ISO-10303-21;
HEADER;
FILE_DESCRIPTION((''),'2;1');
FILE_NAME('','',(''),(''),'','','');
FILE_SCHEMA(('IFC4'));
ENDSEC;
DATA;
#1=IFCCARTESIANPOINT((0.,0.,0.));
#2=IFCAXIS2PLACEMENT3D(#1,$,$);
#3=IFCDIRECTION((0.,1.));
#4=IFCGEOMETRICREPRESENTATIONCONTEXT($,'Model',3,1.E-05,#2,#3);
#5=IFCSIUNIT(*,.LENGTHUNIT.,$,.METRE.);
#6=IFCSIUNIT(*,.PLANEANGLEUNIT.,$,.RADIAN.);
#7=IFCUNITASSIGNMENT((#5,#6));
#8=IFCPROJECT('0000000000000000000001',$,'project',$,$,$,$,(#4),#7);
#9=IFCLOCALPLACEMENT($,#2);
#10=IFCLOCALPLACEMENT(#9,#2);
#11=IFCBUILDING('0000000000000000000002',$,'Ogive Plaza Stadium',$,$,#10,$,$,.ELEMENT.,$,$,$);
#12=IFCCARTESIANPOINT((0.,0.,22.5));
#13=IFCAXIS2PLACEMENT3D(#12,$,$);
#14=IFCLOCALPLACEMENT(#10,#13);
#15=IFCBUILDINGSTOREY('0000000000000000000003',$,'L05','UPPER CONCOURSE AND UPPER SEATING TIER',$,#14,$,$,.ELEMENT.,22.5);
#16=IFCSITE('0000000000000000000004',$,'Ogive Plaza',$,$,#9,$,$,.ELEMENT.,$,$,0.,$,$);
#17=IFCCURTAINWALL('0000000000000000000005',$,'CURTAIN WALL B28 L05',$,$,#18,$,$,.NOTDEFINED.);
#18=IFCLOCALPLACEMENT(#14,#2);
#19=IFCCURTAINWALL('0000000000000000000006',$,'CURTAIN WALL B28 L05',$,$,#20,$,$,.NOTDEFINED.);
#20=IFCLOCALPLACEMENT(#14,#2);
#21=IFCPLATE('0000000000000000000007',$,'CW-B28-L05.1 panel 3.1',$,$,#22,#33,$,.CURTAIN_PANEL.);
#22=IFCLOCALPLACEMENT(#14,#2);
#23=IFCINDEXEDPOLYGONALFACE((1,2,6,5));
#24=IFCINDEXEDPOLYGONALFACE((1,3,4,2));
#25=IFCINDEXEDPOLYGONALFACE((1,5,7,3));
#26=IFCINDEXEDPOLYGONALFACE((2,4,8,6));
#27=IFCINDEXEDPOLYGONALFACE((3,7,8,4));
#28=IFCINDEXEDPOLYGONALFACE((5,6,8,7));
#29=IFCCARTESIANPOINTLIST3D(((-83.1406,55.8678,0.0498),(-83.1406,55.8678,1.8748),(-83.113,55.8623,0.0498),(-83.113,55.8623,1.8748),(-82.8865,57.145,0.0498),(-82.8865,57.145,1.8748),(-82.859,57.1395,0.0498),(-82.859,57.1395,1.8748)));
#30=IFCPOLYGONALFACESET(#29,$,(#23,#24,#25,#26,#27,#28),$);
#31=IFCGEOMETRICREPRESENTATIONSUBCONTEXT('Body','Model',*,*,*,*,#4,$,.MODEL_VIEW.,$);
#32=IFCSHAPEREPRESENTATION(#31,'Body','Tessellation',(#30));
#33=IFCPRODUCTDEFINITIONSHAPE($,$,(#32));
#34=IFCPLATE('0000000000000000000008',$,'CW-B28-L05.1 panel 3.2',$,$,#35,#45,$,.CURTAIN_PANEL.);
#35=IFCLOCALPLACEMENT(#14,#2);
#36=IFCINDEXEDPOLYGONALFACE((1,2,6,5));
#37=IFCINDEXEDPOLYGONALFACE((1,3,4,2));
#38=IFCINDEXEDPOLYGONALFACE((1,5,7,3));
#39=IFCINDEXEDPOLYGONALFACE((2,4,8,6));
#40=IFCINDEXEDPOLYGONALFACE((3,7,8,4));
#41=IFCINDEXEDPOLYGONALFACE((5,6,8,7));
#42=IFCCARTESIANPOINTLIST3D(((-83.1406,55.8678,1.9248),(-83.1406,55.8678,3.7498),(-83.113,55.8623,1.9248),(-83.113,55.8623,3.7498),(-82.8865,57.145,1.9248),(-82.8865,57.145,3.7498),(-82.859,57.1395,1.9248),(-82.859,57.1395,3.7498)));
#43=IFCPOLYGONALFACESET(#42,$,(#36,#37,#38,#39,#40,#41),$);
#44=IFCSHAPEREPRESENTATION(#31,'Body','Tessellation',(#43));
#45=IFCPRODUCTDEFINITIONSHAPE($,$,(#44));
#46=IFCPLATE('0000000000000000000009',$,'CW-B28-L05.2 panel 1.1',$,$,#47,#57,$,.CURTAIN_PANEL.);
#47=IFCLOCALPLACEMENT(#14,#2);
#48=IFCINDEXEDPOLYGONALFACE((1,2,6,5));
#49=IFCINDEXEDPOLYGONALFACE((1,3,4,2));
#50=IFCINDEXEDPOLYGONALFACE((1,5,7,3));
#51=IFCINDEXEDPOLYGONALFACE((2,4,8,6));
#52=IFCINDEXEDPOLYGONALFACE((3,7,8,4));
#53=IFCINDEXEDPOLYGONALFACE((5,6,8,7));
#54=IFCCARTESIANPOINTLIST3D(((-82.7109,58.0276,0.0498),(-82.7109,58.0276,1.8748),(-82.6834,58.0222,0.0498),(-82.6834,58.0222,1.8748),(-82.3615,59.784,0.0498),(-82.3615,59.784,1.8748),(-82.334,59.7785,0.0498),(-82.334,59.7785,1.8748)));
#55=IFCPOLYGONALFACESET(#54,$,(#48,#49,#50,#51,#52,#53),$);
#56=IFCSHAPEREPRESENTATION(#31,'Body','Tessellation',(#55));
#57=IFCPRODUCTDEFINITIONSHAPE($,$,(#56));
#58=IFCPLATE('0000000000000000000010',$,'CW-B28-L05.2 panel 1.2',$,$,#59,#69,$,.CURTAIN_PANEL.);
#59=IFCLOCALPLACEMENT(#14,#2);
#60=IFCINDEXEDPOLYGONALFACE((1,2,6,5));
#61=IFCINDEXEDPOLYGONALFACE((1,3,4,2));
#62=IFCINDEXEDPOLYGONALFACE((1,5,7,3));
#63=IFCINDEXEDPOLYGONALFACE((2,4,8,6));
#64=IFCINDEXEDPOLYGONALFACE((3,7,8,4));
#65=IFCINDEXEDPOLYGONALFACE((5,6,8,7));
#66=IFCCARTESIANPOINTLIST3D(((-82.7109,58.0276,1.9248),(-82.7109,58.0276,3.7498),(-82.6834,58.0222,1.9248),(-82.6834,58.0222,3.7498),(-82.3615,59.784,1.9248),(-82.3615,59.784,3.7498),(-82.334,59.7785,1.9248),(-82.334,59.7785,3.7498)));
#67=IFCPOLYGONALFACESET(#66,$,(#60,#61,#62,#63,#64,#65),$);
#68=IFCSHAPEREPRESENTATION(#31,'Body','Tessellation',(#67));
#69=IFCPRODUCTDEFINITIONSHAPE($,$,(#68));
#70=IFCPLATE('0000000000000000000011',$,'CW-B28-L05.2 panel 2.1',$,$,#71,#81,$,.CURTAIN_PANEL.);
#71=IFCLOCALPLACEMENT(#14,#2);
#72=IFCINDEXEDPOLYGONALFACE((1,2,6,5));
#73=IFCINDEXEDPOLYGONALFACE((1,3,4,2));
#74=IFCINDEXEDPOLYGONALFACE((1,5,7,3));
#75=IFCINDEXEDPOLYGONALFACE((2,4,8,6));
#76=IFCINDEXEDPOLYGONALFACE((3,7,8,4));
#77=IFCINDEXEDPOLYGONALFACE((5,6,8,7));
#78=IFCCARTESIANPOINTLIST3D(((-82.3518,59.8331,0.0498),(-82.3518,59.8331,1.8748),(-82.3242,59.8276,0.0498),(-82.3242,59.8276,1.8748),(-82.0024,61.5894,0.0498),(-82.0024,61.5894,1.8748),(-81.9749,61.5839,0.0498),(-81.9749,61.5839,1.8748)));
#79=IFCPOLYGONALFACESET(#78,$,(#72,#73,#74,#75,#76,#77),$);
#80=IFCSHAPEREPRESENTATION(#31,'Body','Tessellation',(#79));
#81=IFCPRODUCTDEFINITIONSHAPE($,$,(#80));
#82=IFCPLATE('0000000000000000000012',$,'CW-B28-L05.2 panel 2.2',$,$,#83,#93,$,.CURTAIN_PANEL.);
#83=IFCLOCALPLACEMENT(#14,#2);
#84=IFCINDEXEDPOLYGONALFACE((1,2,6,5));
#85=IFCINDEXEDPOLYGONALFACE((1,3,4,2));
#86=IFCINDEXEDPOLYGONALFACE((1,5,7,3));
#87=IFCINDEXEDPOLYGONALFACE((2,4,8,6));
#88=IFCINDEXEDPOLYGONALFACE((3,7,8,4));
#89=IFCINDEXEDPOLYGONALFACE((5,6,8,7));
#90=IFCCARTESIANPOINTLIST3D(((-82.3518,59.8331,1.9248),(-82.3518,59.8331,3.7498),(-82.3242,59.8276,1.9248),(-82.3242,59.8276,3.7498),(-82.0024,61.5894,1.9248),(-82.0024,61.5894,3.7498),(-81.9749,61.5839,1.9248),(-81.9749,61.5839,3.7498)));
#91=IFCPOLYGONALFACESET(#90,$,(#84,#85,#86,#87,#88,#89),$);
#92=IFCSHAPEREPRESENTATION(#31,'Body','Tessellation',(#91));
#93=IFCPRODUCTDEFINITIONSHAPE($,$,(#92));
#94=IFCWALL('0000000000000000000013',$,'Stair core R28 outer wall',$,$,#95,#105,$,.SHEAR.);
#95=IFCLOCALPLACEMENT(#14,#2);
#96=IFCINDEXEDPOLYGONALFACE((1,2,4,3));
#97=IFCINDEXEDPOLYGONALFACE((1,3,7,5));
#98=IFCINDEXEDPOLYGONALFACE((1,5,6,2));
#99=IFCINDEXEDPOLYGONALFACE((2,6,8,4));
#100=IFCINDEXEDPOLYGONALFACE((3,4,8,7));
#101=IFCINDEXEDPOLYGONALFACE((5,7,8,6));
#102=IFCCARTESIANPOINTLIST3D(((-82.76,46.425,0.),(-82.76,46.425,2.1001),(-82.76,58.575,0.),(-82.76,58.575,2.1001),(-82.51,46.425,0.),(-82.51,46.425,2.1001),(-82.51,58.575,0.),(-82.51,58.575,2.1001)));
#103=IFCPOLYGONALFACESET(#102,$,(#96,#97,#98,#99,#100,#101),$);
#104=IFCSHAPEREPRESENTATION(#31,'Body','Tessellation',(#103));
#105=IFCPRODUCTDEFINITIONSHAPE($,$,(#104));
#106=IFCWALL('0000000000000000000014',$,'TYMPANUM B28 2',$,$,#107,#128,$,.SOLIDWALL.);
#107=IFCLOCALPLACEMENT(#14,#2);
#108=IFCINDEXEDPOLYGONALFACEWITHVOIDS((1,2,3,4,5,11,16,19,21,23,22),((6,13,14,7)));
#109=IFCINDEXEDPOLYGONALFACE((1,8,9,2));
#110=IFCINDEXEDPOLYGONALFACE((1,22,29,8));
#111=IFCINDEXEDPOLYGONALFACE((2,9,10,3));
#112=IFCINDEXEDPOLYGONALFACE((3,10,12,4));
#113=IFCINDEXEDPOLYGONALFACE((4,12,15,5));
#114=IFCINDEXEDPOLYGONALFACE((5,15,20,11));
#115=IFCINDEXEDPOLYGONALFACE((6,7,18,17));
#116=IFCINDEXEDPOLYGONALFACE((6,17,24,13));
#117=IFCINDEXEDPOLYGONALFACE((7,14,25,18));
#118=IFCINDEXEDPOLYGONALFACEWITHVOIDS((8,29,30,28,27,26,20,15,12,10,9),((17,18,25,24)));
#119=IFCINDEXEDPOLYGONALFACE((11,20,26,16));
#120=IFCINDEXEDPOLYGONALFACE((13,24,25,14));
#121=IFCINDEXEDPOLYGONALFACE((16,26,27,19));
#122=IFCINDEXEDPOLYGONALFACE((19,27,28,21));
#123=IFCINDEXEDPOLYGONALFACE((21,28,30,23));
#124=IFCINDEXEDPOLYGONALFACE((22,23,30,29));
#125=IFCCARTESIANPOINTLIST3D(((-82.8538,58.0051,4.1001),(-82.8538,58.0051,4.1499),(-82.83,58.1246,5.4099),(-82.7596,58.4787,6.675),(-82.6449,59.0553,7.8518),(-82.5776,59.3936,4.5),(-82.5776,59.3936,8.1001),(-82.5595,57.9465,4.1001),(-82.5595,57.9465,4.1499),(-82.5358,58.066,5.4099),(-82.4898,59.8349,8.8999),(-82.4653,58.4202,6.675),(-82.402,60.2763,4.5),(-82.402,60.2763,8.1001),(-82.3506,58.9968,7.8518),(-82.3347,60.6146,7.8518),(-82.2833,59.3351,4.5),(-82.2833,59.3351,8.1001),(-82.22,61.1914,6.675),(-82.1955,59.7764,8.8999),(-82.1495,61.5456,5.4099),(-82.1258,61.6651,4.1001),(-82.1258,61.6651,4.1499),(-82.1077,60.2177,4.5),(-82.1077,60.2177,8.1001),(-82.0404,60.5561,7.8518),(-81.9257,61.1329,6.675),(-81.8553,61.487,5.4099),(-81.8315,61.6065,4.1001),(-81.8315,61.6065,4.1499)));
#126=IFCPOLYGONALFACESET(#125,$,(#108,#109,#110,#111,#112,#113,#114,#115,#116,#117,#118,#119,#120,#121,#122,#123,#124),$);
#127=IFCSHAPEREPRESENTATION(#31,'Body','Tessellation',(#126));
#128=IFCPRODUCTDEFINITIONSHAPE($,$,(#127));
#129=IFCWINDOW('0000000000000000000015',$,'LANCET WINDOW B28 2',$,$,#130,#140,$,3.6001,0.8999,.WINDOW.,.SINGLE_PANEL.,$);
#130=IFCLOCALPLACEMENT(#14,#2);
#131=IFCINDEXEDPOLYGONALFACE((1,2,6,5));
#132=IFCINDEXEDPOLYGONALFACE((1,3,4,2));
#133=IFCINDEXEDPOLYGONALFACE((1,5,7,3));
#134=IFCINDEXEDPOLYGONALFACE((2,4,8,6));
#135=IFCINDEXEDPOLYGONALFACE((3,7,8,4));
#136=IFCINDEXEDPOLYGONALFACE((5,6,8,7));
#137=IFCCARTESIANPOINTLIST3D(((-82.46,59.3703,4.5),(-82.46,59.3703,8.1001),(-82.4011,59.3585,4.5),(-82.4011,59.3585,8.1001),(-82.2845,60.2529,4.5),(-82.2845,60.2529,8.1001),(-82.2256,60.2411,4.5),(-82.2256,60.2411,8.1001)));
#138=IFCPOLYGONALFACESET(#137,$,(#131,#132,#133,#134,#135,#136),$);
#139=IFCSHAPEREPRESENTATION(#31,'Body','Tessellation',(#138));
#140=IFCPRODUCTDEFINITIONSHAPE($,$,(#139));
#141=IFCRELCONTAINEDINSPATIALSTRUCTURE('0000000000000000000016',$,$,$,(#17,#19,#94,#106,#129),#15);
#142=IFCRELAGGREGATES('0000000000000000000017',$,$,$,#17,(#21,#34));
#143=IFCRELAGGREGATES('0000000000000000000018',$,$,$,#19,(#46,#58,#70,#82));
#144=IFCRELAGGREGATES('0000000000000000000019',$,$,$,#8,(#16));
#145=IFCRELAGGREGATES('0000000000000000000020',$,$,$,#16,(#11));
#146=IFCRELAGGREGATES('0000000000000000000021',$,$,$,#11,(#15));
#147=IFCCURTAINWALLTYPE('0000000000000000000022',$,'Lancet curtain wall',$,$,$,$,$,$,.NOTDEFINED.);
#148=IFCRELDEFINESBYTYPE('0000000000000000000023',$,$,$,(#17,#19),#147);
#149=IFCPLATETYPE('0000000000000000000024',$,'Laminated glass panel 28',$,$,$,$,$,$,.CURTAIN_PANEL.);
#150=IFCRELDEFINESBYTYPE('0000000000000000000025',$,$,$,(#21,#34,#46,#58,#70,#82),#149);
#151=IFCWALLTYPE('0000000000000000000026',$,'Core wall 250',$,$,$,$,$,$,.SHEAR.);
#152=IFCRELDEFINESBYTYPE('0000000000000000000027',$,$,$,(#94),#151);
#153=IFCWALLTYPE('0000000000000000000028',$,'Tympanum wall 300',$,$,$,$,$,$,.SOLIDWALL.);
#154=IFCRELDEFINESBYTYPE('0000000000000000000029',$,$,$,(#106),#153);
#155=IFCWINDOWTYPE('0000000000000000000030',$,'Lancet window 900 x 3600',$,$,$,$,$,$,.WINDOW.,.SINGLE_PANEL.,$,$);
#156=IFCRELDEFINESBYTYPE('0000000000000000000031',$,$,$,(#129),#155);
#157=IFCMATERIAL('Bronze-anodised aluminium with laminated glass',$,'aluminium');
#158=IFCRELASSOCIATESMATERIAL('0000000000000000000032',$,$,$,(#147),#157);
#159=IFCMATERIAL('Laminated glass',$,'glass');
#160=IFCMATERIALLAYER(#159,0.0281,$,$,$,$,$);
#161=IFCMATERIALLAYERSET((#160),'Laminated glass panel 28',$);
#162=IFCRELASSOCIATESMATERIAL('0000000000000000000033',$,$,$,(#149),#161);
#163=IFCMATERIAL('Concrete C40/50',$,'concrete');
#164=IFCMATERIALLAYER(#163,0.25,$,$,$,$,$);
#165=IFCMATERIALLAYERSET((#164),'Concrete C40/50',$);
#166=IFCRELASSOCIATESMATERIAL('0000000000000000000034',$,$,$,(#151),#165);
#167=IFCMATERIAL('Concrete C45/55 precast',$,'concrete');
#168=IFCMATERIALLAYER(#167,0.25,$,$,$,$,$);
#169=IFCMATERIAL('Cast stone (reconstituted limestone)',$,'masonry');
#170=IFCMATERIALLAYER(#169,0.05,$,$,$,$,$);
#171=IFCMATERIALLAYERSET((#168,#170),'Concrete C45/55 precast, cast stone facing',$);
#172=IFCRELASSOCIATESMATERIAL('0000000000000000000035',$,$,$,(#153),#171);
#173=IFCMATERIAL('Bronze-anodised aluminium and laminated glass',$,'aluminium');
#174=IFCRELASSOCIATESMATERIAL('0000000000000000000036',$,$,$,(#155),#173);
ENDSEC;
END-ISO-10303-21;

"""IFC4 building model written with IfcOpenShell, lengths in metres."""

from ifc_helpers import new_model, si_unit, direction, frame, frame_2d, origin, origin_2d, place, context, subcontext, project, spatial, polyline, rectangle, outline, extrude, material, layer, layer_set, type_object, element, fill, aggregate, save


model = new_model("IFC4")

# Units and contexts
model_context = context("Model", 3, precision=1e-05, world=origin(), true_north=direction((0.0, 1.0)))
body_context = subcontext(model_context, "Body", "Model", "MODEL_VIEW")
ifc_project = project(units=[si_unit("LENGTHUNIT", "METRE"), si_unit("PLANEANGLEUNIT", "RADIAN")], contexts=[model_context])

# Site, building, storey
site_placement = place(None, origin())
site = spatial("IfcSite", under=ifc_project, at=site_placement, Name="Ogive Plaza", CompositionType="ELEMENT", RefElevation=0.0)
building_placement = place(site_placement, origin())
building = spatial("IfcBuilding", under=site, at=building_placement, Name="Ogive Plaza Stadium", CompositionType="ELEMENT")
storey_placement = place(building_placement, frame((0.0, 0.0, 22.5)))
storey = spatial("IfcBuildingStorey", under=building, at=storey_placement, Name="L05", Description="UPPER CONCOURSE AND UPPER SEATING TIER", CompositionType="ELEMENT", Elevation=22.5)

# Curtain wall
ifc_material_1 = material(Name="Bronze-anodised aluminium with laminated glass", Category="aluminium")
curtain_wall_type = type_object("IfcCurtainWallType", Name="Lancet curtain wall", PredefinedType="NOTDEFINED", material=ifc_material_1)
curtain_wall_1_placement = place(storey_placement, origin())
curtain_wall_1 = element("IfcCurtainWall", 1, at=curtain_wall_1_placement, inside=storey, type_object=curtain_wall_type, Name="CURTAIN WALL B28 L05", PredefinedType="NOTDEFINED")

# Curtain wall
curtain_wall_2_placement = place(storey_placement, origin())
curtain_wall_2 = element("IfcCurtainWall", 2, at=curtain_wall_2_placement, inside=storey, type_object=curtain_wall_type, Name="CURTAIN WALL B28 L05", PredefinedType="NOTDEFINED")

# Plates
ifc_material_2 = material(Name="Laminated glass", Category="glass")
ifc_layer_1 = layer(ifc_material_2, 0.0281)
ifc_layer_set_1 = layer_set([ifc_layer_1], Name="Laminated glass panel 28")
plate_type = type_object("IfcPlateType", Name="Laminated glass panel 28", PredefinedType="CURTAIN_PANEL", material=ifc_layer_set_1)
plate_1_placement = place(storey_placement, frame((-82.9998, 56.5037, 0.0498), z_axis=(0.0, 0.0, 1.0), x_axis=(0.19509, 0.980785, 0.0)))
plate_1 = element("IfcPlate", 3, at=plate_1_placement, type_object=plate_type, Name="CW-B28-L05.1 panel 3.1", PredefinedType="CURTAIN_PANEL", context=body_context, shape_type="SweptSolid", body=[
    extrude(rectangle(XDim=1.3022, YDim=0.0281, at=origin_2d()), origin(), (0.0, 0.0, 1.0), 1.825),
])
plate_2_placement = place(storey_placement, frame((-82.9998, 56.5037, 1.9248), z_axis=(0.0, 0.0, 1.0), x_axis=(0.19509, 0.980785, 0.0)))
plate_2 = element("IfcPlate", 4, at=plate_2_placement, type_object=plate_type, Name="CW-B28-L05.1 panel 3.2", PredefinedType="CURTAIN_PANEL", context=body_context, shape_type="SweptSolid", body=[
    extrude(rectangle(XDim=1.3022, YDim=0.0281, at=origin_2d()), origin(), (0.0, 0.0, 1.0), 1.825),
])
aggregate(curtain_wall_1, [plate_1, plate_2])
plate_3_placement = place(storey_placement, frame((-82.5225, 58.9031, 0.0498), z_axis=(0.0, 0.0, 1.0), x_axis=(0.19509, 0.980785, 0.0)))
plate_3 = element("IfcPlate", 5, at=plate_3_placement, type_object=plate_type, Name="CW-B28-L05.2 panel 1.1", PredefinedType="CURTAIN_PANEL", context=body_context, shape_type="SweptSolid", body=[
    extrude(rectangle(XDim=1.7908, YDim=0.0281, at=origin_2d()), origin(), (0.0, 0.0, 1.0), 1.825),
])
plate_4_placement = place(storey_placement, frame((-82.5225, 58.9031, 1.9248), z_axis=(0.0, 0.0, 1.0), x_axis=(0.19509, 0.980785, 0.0)))
plate_4 = element("IfcPlate", 6, at=plate_4_placement, type_object=plate_type, Name="CW-B28-L05.2 panel 1.2", PredefinedType="CURTAIN_PANEL", context=body_context, shape_type="SweptSolid", body=[
    extrude(rectangle(XDim=1.7908, YDim=0.0281, at=origin_2d()), origin(), (0.0, 0.0, 1.0), 1.825),
])
plate_5_placement = place(storey_placement, frame((-82.1633, 60.7085, 0.0498), z_axis=(0.0, 0.0, 1.0), x_axis=(0.19509, 0.980785, 0.0)))
plate_5 = element("IfcPlate", 7, at=plate_5_placement, type_object=plate_type, Name="CW-B28-L05.2 panel 2.1", PredefinedType="CURTAIN_PANEL", context=body_context, shape_type="SweptSolid", body=[
    extrude(rectangle(XDim=1.7908, YDim=0.0281, at=origin_2d()), origin(), (0.0, 0.0, 1.0), 1.825),
])
plate_6_placement = place(storey_placement, frame((-82.1633, 60.7085, 1.9248), z_axis=(0.0, 0.0, 1.0), x_axis=(0.19509, 0.980785, 0.0)))
plate_6 = element("IfcPlate", 8, at=plate_6_placement, type_object=plate_type, Name="CW-B28-L05.2 panel 2.2", PredefinedType="CURTAIN_PANEL", context=body_context, shape_type="SweptSolid", body=[
    extrude(rectangle(XDim=1.7908, YDim=0.0281, at=origin_2d()), origin(), (0.0, 0.0, 1.0), 1.825),
])
aggregate(curtain_wall_2, [plate_3, plate_4, plate_5, plate_6])

# Wall
ifc_material_3 = material(Name="Concrete C40/50", Category="concrete")
ifc_layer_2 = layer(ifc_material_3, 0.25)
ifc_layer_set_2 = layer_set([ifc_layer_2], Name="Concrete C40/50")
wall_type_1 = type_object("IfcWallType", Name="Core wall 250", PredefinedType="SHEAR", material=ifc_layer_set_2)
wall_1_placement = place(storey_placement, frame((-82.635, 58.575, 0.0), z_axis=(0.0, 0.0, 1.0), x_axis=(0.0, -1.0, 0.0)))
element("IfcWall", 9, at=wall_1_placement, inside=storey, type_object=wall_type_1, Name="Stair core R28 outer wall", PredefinedType="SHEAR", context=body_context, shape_type="SweptSolid", body=[
    extrude(rectangle(XDim=12.1499, YDim=0.25, at=frame_2d((6.075, 0.0))), origin(), (0.0, 0.0, 1.0), 2.1001),
])

# Wall, opening, window
ifc_material_4 = material(Name="Concrete C45/55 precast", Category="concrete")
ifc_layer_3 = layer(ifc_material_4, 0.25)
ifc_material_5 = material(Name="Cast stone (reconstituted limestone)", Category="masonry")
ifc_layer_4 = layer(ifc_material_5, 0.05)
ifc_layer_set_3 = layer_set([ifc_layer_3, ifc_layer_4], Name="Concrete C45/55 precast, cast stone facing")
wall_type_2 = type_object("IfcWallType", Name="Tympanum wall 300", PredefinedType="SOLIDWALL", material=ifc_layer_set_3)
wall_2_placement = place(storey_placement, frame((-82.7068, 57.9758, 4.1001), z_axis=(0.0, 0.0, 1.0), x_axis=(0.195097, 0.980784, 0.0)))
wall_2 = element("IfcWall", 10, at=wall_2_placement, inside=storey, type_object=wall_type_2, Name="TYMPANUM B28 2", PredefinedType="SOLIDWALL", context=body_context, shape_type="SweptSolid", body=[
    extrude(outline(polyline([(0.0, 0.0), (3.7317, 0.0), (3.7317, 0.0498), (3.6099, 1.3098), (3.2488, 2.575), (2.6606, 3.7517), (1.8657, 4.7998), (1.0708, 3.7517), (0.4829, 2.575), (0.1218, 1.3098), (0.0, 0.0498), (0.0, 0.0)])), frame((0.0, 0.1499, 0.0), z_axis=(0.0, -1.0, 0.0), x_axis=(1.0, 0.0, 0.0)), (0.0, 0.0, 1.0), 0.3),
])
opening_placement = place(wall_2_placement, frame((1.4158, 0.0, 0.3999)))
opening = element("IfcOpeningElement", 11, at=opening_placement, cuts=wall_2, PredefinedType="OPENING", context=body_context, shape_type="SweptSolid", body=[
    extrude(rectangle(XDim=0.8999, YDim=3.6001, at=frame_2d((0.45, 1.8))), frame((0.0, 0.1602, 0.0), z_axis=(0.0, -1.0, 0.0), x_axis=(1.0, 0.0, 0.0)), (0.0, 0.0, 1.0), 0.3201),
])
ifc_material_6 = material(Name="Bronze-anodised aluminium and laminated glass", Category="aluminium")
window_type = type_object("IfcWindowType", Name="Lancet window 900 x 3600", PartitioningType="SINGLE_PANEL", PredefinedType="WINDOW", material=ifc_material_6)
window_placement = place(opening_placement, origin())
window = element("IfcWindow", 12, at=window_placement, inside=storey, type_object=window_type, Name="LANCET WINDOW B28 2", OverallHeight=3.6001, OverallWidth=0.8999, PartitioningType="SINGLE_PANEL", PredefinedType="WINDOW", context=body_context, shape_type="SweptSolid", body=[
    extrude(rectangle(XDim=0.8999, YDim=3.6001, at=frame_2d((0.45, 1.8))), frame((0.0, 0.03, 0.0), z_axis=(0.0, -1.0, 0.0), x_axis=(1.0, 0.0, 0.0)), (0.0, 0.0, 1.0), 0.0601),
])
fill(opening, window)

save(model, "model.ifc")
